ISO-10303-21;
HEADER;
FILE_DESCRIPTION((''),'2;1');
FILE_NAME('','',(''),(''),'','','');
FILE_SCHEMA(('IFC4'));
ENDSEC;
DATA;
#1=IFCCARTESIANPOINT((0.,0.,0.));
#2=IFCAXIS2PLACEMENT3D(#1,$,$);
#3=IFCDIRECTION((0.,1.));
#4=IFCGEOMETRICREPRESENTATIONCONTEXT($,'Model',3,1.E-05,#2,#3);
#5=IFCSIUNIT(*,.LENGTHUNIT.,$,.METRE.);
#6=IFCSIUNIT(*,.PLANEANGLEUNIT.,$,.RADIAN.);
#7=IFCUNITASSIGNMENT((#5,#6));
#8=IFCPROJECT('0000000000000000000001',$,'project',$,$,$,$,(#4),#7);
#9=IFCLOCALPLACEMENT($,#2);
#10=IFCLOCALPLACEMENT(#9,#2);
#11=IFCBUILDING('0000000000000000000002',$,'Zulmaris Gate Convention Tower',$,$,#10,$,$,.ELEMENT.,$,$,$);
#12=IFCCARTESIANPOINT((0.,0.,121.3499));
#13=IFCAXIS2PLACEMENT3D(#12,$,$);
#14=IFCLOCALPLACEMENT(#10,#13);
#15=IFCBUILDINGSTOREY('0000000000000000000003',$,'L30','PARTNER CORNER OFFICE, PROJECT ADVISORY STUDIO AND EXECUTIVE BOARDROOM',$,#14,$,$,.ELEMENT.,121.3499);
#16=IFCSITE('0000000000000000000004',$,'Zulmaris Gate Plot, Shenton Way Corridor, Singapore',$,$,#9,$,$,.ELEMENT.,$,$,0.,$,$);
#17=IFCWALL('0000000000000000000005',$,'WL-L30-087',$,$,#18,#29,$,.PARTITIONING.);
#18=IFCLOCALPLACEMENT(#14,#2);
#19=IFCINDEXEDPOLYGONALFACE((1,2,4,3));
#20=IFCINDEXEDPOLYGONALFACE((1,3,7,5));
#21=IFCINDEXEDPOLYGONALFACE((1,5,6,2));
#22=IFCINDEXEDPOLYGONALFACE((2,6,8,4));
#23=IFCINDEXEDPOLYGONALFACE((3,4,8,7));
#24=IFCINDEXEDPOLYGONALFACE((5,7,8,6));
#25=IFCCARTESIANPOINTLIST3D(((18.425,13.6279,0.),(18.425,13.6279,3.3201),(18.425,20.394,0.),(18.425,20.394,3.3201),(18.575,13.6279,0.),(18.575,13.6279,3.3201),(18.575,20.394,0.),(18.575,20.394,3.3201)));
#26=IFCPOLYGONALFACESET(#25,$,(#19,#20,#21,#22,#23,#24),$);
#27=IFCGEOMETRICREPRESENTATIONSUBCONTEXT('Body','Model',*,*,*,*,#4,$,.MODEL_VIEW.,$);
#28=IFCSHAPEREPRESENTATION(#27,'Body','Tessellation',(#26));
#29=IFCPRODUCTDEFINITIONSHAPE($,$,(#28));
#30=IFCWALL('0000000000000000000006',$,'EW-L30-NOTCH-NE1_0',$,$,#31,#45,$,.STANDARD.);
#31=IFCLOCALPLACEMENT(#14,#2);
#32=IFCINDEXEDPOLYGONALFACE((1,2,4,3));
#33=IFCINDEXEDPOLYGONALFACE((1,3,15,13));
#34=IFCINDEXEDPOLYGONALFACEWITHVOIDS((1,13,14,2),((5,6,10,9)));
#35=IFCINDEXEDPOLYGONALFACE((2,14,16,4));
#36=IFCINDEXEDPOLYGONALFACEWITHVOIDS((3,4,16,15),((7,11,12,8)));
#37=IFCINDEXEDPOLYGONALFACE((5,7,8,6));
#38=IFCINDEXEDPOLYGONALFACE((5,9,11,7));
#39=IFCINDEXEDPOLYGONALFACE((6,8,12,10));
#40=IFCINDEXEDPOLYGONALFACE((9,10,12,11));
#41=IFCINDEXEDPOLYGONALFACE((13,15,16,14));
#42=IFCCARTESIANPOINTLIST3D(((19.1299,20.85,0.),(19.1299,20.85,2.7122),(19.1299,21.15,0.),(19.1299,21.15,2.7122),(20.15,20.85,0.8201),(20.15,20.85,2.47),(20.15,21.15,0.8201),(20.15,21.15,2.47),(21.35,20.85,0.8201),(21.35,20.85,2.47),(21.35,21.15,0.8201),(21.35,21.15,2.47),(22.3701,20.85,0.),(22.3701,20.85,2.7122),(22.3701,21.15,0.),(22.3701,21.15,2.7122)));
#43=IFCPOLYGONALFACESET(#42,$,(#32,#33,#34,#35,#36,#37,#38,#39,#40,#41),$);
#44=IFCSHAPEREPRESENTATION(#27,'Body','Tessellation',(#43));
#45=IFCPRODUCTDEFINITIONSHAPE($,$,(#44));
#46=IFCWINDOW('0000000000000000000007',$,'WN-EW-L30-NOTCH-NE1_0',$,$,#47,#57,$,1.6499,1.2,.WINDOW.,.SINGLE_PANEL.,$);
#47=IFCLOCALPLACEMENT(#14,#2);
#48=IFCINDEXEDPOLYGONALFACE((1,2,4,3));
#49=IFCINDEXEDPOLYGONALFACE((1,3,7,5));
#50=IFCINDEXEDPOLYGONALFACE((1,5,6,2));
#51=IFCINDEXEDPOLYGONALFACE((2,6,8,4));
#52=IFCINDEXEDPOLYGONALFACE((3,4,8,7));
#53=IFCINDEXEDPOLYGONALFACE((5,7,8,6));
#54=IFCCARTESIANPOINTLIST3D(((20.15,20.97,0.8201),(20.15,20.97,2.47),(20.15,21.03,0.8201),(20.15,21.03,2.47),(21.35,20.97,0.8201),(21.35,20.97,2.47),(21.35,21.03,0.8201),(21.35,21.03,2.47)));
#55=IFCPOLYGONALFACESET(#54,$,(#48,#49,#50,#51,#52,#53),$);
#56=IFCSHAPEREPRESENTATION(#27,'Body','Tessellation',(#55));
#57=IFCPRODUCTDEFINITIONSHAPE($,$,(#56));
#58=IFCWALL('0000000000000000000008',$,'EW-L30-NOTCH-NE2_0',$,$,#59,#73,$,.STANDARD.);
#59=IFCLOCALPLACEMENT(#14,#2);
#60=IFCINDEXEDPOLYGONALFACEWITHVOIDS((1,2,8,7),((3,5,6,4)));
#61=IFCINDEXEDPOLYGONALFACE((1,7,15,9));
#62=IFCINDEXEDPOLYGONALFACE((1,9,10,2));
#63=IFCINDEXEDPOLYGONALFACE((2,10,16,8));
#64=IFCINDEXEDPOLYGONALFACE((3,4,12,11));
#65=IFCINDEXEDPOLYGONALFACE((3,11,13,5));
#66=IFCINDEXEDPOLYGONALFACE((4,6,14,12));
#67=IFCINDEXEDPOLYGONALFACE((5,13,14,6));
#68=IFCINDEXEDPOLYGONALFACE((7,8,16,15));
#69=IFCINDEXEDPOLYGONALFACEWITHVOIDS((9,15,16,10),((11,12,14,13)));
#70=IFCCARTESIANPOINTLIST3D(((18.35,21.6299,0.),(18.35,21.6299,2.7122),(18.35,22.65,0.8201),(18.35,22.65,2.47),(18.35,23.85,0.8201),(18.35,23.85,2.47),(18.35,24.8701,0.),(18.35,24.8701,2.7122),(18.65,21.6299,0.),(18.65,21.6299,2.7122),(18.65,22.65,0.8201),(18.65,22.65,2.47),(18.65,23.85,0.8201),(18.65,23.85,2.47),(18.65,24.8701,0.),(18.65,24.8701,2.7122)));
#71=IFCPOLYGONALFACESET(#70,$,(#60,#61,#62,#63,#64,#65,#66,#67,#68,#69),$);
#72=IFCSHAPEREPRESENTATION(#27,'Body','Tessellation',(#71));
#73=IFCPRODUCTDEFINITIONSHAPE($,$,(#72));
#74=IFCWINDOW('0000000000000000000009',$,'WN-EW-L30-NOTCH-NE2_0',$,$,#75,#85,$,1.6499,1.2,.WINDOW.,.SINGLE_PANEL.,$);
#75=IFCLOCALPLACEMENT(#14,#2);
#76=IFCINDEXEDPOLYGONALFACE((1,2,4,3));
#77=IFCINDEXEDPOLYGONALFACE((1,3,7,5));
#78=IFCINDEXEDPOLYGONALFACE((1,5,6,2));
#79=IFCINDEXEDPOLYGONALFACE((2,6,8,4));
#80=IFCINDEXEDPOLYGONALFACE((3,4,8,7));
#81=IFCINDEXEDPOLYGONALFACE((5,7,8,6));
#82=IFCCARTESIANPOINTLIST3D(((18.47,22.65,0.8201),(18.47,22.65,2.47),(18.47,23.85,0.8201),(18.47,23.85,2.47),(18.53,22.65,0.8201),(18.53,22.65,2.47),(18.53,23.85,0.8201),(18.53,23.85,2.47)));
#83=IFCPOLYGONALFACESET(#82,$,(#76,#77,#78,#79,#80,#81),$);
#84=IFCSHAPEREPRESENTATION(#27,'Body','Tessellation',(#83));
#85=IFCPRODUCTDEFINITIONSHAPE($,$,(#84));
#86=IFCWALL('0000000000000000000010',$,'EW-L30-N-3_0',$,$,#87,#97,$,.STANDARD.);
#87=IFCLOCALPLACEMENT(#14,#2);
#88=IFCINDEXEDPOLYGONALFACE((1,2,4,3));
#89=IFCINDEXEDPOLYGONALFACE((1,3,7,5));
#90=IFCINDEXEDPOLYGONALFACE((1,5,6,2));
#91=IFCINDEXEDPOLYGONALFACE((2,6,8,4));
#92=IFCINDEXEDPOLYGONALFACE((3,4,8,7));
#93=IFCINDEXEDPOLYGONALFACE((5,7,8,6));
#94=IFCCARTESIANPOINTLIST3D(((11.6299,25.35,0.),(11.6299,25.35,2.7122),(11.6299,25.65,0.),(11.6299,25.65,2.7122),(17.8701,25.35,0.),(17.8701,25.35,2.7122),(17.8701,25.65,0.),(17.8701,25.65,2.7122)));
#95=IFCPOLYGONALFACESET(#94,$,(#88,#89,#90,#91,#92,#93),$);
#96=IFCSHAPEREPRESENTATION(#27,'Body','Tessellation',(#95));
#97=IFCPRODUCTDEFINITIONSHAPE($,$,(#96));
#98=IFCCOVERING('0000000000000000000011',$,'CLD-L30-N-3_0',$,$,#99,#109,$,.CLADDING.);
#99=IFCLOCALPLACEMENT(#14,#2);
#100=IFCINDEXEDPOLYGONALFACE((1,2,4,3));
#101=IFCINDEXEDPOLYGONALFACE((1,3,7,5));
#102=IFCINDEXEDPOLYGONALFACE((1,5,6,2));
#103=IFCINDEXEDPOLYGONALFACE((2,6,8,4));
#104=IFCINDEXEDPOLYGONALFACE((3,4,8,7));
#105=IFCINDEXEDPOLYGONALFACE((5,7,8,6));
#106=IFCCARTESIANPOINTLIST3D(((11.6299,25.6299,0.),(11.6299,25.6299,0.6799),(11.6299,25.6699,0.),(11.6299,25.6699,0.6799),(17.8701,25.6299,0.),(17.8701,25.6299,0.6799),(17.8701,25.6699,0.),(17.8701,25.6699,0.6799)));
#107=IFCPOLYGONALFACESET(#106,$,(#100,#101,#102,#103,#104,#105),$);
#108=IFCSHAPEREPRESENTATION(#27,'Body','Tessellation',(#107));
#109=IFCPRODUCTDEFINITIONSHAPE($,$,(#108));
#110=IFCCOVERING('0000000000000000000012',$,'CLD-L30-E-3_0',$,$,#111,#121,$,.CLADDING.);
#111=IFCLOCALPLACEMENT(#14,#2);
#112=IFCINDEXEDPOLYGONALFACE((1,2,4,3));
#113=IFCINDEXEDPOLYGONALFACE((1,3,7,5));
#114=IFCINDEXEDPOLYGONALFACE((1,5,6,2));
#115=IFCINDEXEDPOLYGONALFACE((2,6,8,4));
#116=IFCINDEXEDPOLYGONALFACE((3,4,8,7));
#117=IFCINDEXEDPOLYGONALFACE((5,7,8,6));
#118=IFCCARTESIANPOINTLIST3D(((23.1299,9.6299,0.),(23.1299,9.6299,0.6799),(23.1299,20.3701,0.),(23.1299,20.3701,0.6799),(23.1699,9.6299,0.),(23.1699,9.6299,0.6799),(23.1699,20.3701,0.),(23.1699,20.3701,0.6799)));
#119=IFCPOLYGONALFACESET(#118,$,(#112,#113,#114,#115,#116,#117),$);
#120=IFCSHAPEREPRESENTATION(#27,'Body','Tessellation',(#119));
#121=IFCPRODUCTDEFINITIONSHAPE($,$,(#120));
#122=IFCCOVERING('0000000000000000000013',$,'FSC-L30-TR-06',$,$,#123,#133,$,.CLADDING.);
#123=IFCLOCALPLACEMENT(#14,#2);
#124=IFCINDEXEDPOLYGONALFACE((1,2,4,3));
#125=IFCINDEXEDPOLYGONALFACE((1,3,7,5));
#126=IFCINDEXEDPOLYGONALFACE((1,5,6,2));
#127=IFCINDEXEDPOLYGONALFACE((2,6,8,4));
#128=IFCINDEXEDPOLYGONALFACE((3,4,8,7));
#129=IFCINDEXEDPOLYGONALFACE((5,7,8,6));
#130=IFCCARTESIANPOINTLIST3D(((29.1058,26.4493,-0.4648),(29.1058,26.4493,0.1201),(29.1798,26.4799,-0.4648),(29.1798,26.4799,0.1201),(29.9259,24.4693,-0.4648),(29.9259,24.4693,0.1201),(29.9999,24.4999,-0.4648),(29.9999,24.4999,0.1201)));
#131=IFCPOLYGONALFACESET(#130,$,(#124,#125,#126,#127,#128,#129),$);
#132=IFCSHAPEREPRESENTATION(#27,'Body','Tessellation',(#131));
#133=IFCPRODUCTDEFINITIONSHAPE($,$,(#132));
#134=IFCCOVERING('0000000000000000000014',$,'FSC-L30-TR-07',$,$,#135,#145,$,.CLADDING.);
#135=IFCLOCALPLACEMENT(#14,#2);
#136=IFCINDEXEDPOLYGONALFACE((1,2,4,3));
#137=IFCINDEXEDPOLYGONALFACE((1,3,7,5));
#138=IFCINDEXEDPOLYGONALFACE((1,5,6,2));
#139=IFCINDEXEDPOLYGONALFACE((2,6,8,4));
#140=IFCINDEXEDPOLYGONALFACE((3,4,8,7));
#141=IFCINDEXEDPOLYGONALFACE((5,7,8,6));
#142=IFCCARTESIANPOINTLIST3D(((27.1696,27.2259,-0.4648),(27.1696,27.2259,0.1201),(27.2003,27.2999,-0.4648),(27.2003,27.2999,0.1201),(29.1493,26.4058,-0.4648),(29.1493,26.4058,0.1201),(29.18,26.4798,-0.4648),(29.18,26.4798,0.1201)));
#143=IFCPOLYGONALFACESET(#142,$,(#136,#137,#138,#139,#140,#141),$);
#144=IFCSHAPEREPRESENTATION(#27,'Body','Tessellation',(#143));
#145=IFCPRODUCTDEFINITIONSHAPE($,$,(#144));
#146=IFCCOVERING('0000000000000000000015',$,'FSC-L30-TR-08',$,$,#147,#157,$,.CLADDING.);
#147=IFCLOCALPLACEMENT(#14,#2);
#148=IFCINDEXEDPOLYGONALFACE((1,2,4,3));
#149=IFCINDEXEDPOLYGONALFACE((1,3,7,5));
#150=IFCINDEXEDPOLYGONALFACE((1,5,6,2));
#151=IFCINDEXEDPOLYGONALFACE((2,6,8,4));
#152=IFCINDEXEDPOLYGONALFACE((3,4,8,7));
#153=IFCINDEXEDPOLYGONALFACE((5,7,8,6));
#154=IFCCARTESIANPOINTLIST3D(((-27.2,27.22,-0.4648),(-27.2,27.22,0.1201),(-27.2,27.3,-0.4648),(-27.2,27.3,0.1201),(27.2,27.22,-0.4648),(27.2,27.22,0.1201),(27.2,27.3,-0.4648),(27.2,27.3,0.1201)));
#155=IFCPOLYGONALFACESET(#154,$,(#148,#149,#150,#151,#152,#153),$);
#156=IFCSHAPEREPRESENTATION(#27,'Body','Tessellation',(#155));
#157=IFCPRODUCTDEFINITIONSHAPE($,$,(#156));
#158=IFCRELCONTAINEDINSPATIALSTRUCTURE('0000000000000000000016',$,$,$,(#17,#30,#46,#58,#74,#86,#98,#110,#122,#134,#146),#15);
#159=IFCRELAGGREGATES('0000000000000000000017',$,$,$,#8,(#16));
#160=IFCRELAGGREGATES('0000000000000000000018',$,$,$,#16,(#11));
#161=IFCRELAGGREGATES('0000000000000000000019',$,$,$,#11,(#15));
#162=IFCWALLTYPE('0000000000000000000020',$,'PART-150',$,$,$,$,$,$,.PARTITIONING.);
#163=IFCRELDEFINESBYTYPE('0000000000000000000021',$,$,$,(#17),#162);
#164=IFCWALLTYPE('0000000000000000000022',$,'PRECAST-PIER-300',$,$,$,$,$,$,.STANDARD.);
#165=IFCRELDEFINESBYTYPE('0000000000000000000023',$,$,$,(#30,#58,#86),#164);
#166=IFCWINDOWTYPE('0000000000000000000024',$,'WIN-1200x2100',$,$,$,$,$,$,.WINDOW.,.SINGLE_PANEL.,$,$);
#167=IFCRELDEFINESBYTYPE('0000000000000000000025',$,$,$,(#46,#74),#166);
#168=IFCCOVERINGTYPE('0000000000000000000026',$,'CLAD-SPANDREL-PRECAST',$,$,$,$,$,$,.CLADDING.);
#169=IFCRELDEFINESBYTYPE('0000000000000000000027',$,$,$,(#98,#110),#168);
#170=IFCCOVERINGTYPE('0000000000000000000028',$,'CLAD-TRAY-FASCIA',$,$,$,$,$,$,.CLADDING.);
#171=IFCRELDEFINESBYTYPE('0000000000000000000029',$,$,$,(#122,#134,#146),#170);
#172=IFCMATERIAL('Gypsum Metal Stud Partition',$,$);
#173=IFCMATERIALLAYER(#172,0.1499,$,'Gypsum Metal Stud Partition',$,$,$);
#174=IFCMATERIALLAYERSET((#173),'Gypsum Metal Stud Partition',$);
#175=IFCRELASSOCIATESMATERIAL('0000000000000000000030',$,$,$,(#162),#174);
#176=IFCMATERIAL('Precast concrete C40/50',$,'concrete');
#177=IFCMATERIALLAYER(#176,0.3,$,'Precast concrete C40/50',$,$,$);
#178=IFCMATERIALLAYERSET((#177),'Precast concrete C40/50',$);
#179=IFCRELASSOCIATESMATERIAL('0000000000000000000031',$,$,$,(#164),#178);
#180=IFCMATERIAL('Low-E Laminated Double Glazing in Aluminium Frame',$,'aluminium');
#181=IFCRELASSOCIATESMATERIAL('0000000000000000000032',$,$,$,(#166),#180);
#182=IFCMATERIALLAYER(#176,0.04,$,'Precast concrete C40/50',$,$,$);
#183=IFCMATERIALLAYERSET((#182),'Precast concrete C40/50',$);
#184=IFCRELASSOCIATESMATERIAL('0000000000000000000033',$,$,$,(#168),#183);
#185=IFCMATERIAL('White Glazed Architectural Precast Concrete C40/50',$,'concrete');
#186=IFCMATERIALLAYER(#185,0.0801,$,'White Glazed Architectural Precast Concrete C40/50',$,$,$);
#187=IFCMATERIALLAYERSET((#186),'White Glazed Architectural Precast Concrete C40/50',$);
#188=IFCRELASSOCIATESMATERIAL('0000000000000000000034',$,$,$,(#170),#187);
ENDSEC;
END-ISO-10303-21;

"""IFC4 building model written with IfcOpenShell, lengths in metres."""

from ifc_helpers import new_model, si_unit, direction, frame, frame_2d, origin, place, context, subcontext, project, spatial, rectangle, extrude, material, layer, layer_set, type_object, element, fill, save


model = new_model("IFC4")

# Units and contexts
model_context = context("Model", 3, precision=1e-05, world=origin(), true_north=direction((0.0, 1.0)))
body_context = subcontext(model_context, "Body", "Model", "MODEL_VIEW")
ifc_project = project(units=[si_unit("LENGTHUNIT", "METRE"), si_unit("PLANEANGLEUNIT", "RADIAN")], contexts=[model_context])

# Site, building, storey
site_placement = place(None, origin())
site = spatial("IfcSite", under=ifc_project, at=site_placement, Name="Zulmaris Gate Plot, Shenton Way Corridor, Singapore", CompositionType="ELEMENT", RefElevation=0.0)
building_placement = place(site_placement, origin())
building = spatial("IfcBuilding", under=site, at=building_placement, Name="Zulmaris Gate Convention Tower", CompositionType="ELEMENT")
storey_placement = place(building_placement, frame((0.0, 0.0, 121.3499)))
storey = spatial("IfcBuildingStorey", under=building, at=storey_placement, Name="L30", Description="PARTNER CORNER OFFICE, PROJECT ADVISORY STUDIO AND EXECUTIVE BOARDROOM", CompositionType="ELEMENT", Elevation=121.3499)

# Shared definitions
ifc_material_1 = material(Name="Gypsum Metal Stud Partition")
ifc_layer_1 = layer(ifc_material_1, 0.1499, Name="Gypsum Metal Stud Partition")
ifc_layer_set_1 = layer_set([ifc_layer_1], Name="Gypsum Metal Stud Partition")
wall_type_1 = type_object("IfcWallType", Name="PART-150", PredefinedType="PARTITIONING", material=ifc_layer_set_1)

# Wall
wall_1_placement = place(storey_placement, frame((18.5, 13.6279, 0.0), z_axis=(0.0, 0.0, 1.0), x_axis=(0.0, 1.0, 0.0)))
element("IfcWall", 1, at=wall_1_placement, inside=storey, type_object=wall_type_1, Name="WL-L30-087", PredefinedType="PARTITIONING", context=body_context, shape_type="SweptSolid", body=[
    extrude(rectangle(XDim=6.7661, YDim=0.1499, at=frame_2d((3.3831, 0.0))), origin(), (0.0, 0.0, 1.0), 3.3201),
])

# Walls, openings, windows
ifc_material_2 = material(Name="Precast concrete C40/50", Category="concrete")
ifc_layer_2 = layer(ifc_material_2, 0.3, Name="Precast concrete C40/50")
ifc_layer_set_2 = layer_set([ifc_layer_2], Name="Precast concrete C40/50")
wall_type_2 = type_object("IfcWallType", Name="PRECAST-PIER-300", PredefinedType="STANDARD", material=ifc_layer_set_2)
wall_2_placement = place(storey_placement, frame((22.3701, 21.0, 0.0), z_axis=(0.0, 0.0, 1.0), x_axis=(-1.0, 0.0, 0.0)))
wall_2 = element("IfcWall", 2, at=wall_2_placement, inside=storey, type_object=wall_type_2, Name="EW-L30-NOTCH-NE1_0", PredefinedType="STANDARD", context=body_context, shape_type="SweptSolid", body=[
    extrude(rectangle(XDim=3.2402, YDim=0.3, at=frame_2d((1.6201, 0.0))), origin(), (0.0, 0.0, 1.0), 2.7122),
])
opening_1_placement = place(wall_2_placement, frame((1.02, 0.0, 0.8201)))
opening_1 = element("IfcOpeningElement", 3, at=opening_1_placement, cuts=wall_2, PredefinedType="OPENING", context=body_context, shape_type="SweptSolid", body=[
    extrude(rectangle(XDim=1.2, YDim=1.6499, at=frame_2d((0.6001, 0.825))), frame((0.0, 0.1602, 0.0), z_axis=(0.0, -1.0, 0.0), x_axis=(1.0, 0.0, 0.0)), (0.0, 0.0, 1.0), 0.3201),
])
ifc_material_3 = material(Name="Low-E Laminated Double Glazing in Aluminium Frame", Category="aluminium")
window_type = type_object("IfcWindowType", Name="WIN-1200x2100", PartitioningType="SINGLE_PANEL", PredefinedType="WINDOW", material=ifc_material_3)
window_1_placement = place(opening_1_placement, origin())
window_1 = element("IfcWindow", 4, at=window_1_placement, inside=storey, type_object=window_type, Name="WN-EW-L30-NOTCH-NE1_0", OverallHeight=1.6499, OverallWidth=1.2, PartitioningType="SINGLE_PANEL", PredefinedType="WINDOW", context=body_context, shape_type="SweptSolid", body=[
    extrude(rectangle(XDim=1.2, YDim=1.6499, at=frame_2d((0.6001, 0.825))), frame((0.0, 0.03, 0.0), z_axis=(0.0, -1.0, 0.0), x_axis=(1.0, 0.0, 0.0)), (0.0, 0.0, 1.0), 0.0601),
])
fill(opening_1, window_1)
wall_3_placement = place(storey_placement, frame((18.5, 21.6299, 0.0), z_axis=(0.0, 0.0, 1.0), x_axis=(0.0, 1.0, 0.0)))
wall_3 = element("IfcWall", 5, at=wall_3_placement, inside=storey, type_object=wall_type_2, Name="EW-L30-NOTCH-NE2_0", PredefinedType="STANDARD", context=body_context, shape_type="SweptSolid", body=[
    extrude(rectangle(XDim=3.2402, YDim=0.3, at=frame_2d((1.6201, 0.0))), origin(), (0.0, 0.0, 1.0), 2.7122),
])
opening_2_placement = place(wall_3_placement, frame((1.02, 0.0, 0.8201)))
opening_2 = element("IfcOpeningElement", 6, at=opening_2_placement, cuts=wall_3, PredefinedType="OPENING", context=body_context, shape_type="SweptSolid", body=[
    extrude(rectangle(XDim=1.2, YDim=1.6499, at=frame_2d((0.6001, 0.825))), frame((0.0, 0.1602, 0.0), z_axis=(0.0, -1.0, 0.0), x_axis=(1.0, 0.0, 0.0)), (0.0, 0.0, 1.0), 0.3201),
])
window_2_placement = place(opening_2_placement, origin())
window_2 = element("IfcWindow", 7, at=window_2_placement, inside=storey, type_object=window_type, Name="WN-EW-L30-NOTCH-NE2_0", OverallHeight=1.6499, OverallWidth=1.2, PartitioningType="SINGLE_PANEL", PredefinedType="WINDOW", context=body_context, shape_type="SweptSolid", body=[
    extrude(rectangle(XDim=1.2, YDim=1.6499, at=frame_2d((0.6001, 0.825))), frame((0.0, 0.03, 0.0), z_axis=(0.0, -1.0, 0.0), x_axis=(1.0, 0.0, 0.0)), (0.0, 0.0, 1.0), 0.0601),
])
fill(opening_2, window_2)

# Wall
wall_4_placement = place(storey_placement, frame((17.8701, 25.5, 0.0), z_axis=(0.0, 0.0, 1.0), x_axis=(-1.0, 0.0, 0.0)))
element("IfcWall", 8, at=wall_4_placement, inside=storey, type_object=wall_type_2, Name="EW-L30-N-3_0", PredefinedType="STANDARD", context=body_context, shape_type="SweptSolid", body=[
    extrude(rectangle(XDim=6.2402, YDim=0.3, at=frame_2d((3.1201, 0.0))), origin(), (0.0, 0.0, 1.0), 2.7122),
])

# Coverings
ifc_layer_3 = layer(ifc_material_2, 0.04, Name="Precast concrete C40/50")
ifc_layer_set_3 = layer_set([ifc_layer_3], Name="Precast concrete C40/50")
covering_type_1 = type_object("IfcCoveringType", Name="CLAD-SPANDREL-PRECAST", PredefinedType="CLADDING", material=ifc_layer_set_3)
covering_1_placement = place(storey_placement, frame((17.8701, 25.6499, 0.0), z_axis=(0.0, 0.0, 1.0), x_axis=(-1.0, 0.0, 0.0)))
element("IfcCovering", 9, at=covering_1_placement, inside=storey, type_object=covering_type_1, Name="CLD-L30-N-3_0", PredefinedType="CLADDING", context=body_context, shape_type="SweptSolid", body=[
    extrude(rectangle(XDim=6.2402, YDim=0.04, at=frame_2d((3.1201, 0.0))), origin(), (0.0, 0.0, 1.0), 0.6799),
])
covering_2_placement = place(storey_placement, frame((23.1499, 9.6299, 0.0), z_axis=(0.0, 0.0, 1.0), x_axis=(0.0, 1.0, 0.0)))
element("IfcCovering", 10, at=covering_2_placement, inside=storey, type_object=covering_type_1, Name="CLD-L30-E-3_0", PredefinedType="CLADDING", context=body_context, shape_type="SweptSolid", body=[
    extrude(rectangle(XDim=10.7402, YDim=0.04, at=frame_2d((5.3701, 0.0))), origin(), (0.0, 0.0, 1.0), 0.6799),
])
ifc_material_4 = material(Name="White Glazed Architectural Precast Concrete C40/50", Category="concrete")
ifc_layer_4 = layer(ifc_material_4, 0.0801, Name="White Glazed Architectural Precast Concrete C40/50")
ifc_layer_set_4 = layer_set([ifc_layer_4], Name="White Glazed Architectural Precast Concrete C40/50")
covering_type_2 = type_object("IfcCoveringType", Name="CLAD-TRAY-FASCIA", PredefinedType="CLADDING", material=ifc_layer_set_4)
covering_3_placement = place(storey_placement, frame((29.9629, 24.4846, -0.4648), z_axis=(0.0, 0.0, 1.0), x_axis=(-0.382657, 0.92389, 0.0)))
element("IfcCovering", 11, at=covering_3_placement, inside=storey, type_object=covering_type_2, Name="FSC-L30-TR-06", PredefinedType="CLADDING", context=body_context, shape_type="SweptSolid", body=[
    extrude(rectangle(XDim=2.1431, YDim=0.0801, at=frame_2d((1.0715, 0.0))), origin(), (0.0, 0.0, 1.0), 0.585),
])
covering_4_placement = place(storey_placement, frame((29.1646, 26.4429, -0.4648), z_axis=(0.0, 0.0, 1.0), x_axis=(-0.923874, 0.382697, 0.0)))
element("IfcCovering", 12, at=covering_4_placement, inside=storey, type_object=covering_type_2, Name="FSC-L30-TR-07", PredefinedType="CLADDING", context=body_context, shape_type="SweptSolid", body=[
    extrude(rectangle(XDim=2.1428, YDim=0.0801, at=frame_2d((1.0713, 0.0))), origin(), (0.0, 0.0, 1.0), 0.585),
])
covering_5_placement = place(storey_placement, frame((27.2, 27.26, -0.4648), z_axis=(0.0, 0.0, 1.0), x_axis=(-1.0, 0.0, 0.0)))
element("IfcCovering", 13, at=covering_5_placement, inside=storey, type_object=covering_type_2, Name="FSC-L30-TR-08", PredefinedType="CLADDING", context=body_context, shape_type="SweptSolid", body=[
    extrude(rectangle(XDim=54.3999, YDim=0.0801, at=frame_2d((27.2, 0.0))), origin(), (0.0, 0.0, 1.0), 0.585),
])

save(model, "model.ifc")
